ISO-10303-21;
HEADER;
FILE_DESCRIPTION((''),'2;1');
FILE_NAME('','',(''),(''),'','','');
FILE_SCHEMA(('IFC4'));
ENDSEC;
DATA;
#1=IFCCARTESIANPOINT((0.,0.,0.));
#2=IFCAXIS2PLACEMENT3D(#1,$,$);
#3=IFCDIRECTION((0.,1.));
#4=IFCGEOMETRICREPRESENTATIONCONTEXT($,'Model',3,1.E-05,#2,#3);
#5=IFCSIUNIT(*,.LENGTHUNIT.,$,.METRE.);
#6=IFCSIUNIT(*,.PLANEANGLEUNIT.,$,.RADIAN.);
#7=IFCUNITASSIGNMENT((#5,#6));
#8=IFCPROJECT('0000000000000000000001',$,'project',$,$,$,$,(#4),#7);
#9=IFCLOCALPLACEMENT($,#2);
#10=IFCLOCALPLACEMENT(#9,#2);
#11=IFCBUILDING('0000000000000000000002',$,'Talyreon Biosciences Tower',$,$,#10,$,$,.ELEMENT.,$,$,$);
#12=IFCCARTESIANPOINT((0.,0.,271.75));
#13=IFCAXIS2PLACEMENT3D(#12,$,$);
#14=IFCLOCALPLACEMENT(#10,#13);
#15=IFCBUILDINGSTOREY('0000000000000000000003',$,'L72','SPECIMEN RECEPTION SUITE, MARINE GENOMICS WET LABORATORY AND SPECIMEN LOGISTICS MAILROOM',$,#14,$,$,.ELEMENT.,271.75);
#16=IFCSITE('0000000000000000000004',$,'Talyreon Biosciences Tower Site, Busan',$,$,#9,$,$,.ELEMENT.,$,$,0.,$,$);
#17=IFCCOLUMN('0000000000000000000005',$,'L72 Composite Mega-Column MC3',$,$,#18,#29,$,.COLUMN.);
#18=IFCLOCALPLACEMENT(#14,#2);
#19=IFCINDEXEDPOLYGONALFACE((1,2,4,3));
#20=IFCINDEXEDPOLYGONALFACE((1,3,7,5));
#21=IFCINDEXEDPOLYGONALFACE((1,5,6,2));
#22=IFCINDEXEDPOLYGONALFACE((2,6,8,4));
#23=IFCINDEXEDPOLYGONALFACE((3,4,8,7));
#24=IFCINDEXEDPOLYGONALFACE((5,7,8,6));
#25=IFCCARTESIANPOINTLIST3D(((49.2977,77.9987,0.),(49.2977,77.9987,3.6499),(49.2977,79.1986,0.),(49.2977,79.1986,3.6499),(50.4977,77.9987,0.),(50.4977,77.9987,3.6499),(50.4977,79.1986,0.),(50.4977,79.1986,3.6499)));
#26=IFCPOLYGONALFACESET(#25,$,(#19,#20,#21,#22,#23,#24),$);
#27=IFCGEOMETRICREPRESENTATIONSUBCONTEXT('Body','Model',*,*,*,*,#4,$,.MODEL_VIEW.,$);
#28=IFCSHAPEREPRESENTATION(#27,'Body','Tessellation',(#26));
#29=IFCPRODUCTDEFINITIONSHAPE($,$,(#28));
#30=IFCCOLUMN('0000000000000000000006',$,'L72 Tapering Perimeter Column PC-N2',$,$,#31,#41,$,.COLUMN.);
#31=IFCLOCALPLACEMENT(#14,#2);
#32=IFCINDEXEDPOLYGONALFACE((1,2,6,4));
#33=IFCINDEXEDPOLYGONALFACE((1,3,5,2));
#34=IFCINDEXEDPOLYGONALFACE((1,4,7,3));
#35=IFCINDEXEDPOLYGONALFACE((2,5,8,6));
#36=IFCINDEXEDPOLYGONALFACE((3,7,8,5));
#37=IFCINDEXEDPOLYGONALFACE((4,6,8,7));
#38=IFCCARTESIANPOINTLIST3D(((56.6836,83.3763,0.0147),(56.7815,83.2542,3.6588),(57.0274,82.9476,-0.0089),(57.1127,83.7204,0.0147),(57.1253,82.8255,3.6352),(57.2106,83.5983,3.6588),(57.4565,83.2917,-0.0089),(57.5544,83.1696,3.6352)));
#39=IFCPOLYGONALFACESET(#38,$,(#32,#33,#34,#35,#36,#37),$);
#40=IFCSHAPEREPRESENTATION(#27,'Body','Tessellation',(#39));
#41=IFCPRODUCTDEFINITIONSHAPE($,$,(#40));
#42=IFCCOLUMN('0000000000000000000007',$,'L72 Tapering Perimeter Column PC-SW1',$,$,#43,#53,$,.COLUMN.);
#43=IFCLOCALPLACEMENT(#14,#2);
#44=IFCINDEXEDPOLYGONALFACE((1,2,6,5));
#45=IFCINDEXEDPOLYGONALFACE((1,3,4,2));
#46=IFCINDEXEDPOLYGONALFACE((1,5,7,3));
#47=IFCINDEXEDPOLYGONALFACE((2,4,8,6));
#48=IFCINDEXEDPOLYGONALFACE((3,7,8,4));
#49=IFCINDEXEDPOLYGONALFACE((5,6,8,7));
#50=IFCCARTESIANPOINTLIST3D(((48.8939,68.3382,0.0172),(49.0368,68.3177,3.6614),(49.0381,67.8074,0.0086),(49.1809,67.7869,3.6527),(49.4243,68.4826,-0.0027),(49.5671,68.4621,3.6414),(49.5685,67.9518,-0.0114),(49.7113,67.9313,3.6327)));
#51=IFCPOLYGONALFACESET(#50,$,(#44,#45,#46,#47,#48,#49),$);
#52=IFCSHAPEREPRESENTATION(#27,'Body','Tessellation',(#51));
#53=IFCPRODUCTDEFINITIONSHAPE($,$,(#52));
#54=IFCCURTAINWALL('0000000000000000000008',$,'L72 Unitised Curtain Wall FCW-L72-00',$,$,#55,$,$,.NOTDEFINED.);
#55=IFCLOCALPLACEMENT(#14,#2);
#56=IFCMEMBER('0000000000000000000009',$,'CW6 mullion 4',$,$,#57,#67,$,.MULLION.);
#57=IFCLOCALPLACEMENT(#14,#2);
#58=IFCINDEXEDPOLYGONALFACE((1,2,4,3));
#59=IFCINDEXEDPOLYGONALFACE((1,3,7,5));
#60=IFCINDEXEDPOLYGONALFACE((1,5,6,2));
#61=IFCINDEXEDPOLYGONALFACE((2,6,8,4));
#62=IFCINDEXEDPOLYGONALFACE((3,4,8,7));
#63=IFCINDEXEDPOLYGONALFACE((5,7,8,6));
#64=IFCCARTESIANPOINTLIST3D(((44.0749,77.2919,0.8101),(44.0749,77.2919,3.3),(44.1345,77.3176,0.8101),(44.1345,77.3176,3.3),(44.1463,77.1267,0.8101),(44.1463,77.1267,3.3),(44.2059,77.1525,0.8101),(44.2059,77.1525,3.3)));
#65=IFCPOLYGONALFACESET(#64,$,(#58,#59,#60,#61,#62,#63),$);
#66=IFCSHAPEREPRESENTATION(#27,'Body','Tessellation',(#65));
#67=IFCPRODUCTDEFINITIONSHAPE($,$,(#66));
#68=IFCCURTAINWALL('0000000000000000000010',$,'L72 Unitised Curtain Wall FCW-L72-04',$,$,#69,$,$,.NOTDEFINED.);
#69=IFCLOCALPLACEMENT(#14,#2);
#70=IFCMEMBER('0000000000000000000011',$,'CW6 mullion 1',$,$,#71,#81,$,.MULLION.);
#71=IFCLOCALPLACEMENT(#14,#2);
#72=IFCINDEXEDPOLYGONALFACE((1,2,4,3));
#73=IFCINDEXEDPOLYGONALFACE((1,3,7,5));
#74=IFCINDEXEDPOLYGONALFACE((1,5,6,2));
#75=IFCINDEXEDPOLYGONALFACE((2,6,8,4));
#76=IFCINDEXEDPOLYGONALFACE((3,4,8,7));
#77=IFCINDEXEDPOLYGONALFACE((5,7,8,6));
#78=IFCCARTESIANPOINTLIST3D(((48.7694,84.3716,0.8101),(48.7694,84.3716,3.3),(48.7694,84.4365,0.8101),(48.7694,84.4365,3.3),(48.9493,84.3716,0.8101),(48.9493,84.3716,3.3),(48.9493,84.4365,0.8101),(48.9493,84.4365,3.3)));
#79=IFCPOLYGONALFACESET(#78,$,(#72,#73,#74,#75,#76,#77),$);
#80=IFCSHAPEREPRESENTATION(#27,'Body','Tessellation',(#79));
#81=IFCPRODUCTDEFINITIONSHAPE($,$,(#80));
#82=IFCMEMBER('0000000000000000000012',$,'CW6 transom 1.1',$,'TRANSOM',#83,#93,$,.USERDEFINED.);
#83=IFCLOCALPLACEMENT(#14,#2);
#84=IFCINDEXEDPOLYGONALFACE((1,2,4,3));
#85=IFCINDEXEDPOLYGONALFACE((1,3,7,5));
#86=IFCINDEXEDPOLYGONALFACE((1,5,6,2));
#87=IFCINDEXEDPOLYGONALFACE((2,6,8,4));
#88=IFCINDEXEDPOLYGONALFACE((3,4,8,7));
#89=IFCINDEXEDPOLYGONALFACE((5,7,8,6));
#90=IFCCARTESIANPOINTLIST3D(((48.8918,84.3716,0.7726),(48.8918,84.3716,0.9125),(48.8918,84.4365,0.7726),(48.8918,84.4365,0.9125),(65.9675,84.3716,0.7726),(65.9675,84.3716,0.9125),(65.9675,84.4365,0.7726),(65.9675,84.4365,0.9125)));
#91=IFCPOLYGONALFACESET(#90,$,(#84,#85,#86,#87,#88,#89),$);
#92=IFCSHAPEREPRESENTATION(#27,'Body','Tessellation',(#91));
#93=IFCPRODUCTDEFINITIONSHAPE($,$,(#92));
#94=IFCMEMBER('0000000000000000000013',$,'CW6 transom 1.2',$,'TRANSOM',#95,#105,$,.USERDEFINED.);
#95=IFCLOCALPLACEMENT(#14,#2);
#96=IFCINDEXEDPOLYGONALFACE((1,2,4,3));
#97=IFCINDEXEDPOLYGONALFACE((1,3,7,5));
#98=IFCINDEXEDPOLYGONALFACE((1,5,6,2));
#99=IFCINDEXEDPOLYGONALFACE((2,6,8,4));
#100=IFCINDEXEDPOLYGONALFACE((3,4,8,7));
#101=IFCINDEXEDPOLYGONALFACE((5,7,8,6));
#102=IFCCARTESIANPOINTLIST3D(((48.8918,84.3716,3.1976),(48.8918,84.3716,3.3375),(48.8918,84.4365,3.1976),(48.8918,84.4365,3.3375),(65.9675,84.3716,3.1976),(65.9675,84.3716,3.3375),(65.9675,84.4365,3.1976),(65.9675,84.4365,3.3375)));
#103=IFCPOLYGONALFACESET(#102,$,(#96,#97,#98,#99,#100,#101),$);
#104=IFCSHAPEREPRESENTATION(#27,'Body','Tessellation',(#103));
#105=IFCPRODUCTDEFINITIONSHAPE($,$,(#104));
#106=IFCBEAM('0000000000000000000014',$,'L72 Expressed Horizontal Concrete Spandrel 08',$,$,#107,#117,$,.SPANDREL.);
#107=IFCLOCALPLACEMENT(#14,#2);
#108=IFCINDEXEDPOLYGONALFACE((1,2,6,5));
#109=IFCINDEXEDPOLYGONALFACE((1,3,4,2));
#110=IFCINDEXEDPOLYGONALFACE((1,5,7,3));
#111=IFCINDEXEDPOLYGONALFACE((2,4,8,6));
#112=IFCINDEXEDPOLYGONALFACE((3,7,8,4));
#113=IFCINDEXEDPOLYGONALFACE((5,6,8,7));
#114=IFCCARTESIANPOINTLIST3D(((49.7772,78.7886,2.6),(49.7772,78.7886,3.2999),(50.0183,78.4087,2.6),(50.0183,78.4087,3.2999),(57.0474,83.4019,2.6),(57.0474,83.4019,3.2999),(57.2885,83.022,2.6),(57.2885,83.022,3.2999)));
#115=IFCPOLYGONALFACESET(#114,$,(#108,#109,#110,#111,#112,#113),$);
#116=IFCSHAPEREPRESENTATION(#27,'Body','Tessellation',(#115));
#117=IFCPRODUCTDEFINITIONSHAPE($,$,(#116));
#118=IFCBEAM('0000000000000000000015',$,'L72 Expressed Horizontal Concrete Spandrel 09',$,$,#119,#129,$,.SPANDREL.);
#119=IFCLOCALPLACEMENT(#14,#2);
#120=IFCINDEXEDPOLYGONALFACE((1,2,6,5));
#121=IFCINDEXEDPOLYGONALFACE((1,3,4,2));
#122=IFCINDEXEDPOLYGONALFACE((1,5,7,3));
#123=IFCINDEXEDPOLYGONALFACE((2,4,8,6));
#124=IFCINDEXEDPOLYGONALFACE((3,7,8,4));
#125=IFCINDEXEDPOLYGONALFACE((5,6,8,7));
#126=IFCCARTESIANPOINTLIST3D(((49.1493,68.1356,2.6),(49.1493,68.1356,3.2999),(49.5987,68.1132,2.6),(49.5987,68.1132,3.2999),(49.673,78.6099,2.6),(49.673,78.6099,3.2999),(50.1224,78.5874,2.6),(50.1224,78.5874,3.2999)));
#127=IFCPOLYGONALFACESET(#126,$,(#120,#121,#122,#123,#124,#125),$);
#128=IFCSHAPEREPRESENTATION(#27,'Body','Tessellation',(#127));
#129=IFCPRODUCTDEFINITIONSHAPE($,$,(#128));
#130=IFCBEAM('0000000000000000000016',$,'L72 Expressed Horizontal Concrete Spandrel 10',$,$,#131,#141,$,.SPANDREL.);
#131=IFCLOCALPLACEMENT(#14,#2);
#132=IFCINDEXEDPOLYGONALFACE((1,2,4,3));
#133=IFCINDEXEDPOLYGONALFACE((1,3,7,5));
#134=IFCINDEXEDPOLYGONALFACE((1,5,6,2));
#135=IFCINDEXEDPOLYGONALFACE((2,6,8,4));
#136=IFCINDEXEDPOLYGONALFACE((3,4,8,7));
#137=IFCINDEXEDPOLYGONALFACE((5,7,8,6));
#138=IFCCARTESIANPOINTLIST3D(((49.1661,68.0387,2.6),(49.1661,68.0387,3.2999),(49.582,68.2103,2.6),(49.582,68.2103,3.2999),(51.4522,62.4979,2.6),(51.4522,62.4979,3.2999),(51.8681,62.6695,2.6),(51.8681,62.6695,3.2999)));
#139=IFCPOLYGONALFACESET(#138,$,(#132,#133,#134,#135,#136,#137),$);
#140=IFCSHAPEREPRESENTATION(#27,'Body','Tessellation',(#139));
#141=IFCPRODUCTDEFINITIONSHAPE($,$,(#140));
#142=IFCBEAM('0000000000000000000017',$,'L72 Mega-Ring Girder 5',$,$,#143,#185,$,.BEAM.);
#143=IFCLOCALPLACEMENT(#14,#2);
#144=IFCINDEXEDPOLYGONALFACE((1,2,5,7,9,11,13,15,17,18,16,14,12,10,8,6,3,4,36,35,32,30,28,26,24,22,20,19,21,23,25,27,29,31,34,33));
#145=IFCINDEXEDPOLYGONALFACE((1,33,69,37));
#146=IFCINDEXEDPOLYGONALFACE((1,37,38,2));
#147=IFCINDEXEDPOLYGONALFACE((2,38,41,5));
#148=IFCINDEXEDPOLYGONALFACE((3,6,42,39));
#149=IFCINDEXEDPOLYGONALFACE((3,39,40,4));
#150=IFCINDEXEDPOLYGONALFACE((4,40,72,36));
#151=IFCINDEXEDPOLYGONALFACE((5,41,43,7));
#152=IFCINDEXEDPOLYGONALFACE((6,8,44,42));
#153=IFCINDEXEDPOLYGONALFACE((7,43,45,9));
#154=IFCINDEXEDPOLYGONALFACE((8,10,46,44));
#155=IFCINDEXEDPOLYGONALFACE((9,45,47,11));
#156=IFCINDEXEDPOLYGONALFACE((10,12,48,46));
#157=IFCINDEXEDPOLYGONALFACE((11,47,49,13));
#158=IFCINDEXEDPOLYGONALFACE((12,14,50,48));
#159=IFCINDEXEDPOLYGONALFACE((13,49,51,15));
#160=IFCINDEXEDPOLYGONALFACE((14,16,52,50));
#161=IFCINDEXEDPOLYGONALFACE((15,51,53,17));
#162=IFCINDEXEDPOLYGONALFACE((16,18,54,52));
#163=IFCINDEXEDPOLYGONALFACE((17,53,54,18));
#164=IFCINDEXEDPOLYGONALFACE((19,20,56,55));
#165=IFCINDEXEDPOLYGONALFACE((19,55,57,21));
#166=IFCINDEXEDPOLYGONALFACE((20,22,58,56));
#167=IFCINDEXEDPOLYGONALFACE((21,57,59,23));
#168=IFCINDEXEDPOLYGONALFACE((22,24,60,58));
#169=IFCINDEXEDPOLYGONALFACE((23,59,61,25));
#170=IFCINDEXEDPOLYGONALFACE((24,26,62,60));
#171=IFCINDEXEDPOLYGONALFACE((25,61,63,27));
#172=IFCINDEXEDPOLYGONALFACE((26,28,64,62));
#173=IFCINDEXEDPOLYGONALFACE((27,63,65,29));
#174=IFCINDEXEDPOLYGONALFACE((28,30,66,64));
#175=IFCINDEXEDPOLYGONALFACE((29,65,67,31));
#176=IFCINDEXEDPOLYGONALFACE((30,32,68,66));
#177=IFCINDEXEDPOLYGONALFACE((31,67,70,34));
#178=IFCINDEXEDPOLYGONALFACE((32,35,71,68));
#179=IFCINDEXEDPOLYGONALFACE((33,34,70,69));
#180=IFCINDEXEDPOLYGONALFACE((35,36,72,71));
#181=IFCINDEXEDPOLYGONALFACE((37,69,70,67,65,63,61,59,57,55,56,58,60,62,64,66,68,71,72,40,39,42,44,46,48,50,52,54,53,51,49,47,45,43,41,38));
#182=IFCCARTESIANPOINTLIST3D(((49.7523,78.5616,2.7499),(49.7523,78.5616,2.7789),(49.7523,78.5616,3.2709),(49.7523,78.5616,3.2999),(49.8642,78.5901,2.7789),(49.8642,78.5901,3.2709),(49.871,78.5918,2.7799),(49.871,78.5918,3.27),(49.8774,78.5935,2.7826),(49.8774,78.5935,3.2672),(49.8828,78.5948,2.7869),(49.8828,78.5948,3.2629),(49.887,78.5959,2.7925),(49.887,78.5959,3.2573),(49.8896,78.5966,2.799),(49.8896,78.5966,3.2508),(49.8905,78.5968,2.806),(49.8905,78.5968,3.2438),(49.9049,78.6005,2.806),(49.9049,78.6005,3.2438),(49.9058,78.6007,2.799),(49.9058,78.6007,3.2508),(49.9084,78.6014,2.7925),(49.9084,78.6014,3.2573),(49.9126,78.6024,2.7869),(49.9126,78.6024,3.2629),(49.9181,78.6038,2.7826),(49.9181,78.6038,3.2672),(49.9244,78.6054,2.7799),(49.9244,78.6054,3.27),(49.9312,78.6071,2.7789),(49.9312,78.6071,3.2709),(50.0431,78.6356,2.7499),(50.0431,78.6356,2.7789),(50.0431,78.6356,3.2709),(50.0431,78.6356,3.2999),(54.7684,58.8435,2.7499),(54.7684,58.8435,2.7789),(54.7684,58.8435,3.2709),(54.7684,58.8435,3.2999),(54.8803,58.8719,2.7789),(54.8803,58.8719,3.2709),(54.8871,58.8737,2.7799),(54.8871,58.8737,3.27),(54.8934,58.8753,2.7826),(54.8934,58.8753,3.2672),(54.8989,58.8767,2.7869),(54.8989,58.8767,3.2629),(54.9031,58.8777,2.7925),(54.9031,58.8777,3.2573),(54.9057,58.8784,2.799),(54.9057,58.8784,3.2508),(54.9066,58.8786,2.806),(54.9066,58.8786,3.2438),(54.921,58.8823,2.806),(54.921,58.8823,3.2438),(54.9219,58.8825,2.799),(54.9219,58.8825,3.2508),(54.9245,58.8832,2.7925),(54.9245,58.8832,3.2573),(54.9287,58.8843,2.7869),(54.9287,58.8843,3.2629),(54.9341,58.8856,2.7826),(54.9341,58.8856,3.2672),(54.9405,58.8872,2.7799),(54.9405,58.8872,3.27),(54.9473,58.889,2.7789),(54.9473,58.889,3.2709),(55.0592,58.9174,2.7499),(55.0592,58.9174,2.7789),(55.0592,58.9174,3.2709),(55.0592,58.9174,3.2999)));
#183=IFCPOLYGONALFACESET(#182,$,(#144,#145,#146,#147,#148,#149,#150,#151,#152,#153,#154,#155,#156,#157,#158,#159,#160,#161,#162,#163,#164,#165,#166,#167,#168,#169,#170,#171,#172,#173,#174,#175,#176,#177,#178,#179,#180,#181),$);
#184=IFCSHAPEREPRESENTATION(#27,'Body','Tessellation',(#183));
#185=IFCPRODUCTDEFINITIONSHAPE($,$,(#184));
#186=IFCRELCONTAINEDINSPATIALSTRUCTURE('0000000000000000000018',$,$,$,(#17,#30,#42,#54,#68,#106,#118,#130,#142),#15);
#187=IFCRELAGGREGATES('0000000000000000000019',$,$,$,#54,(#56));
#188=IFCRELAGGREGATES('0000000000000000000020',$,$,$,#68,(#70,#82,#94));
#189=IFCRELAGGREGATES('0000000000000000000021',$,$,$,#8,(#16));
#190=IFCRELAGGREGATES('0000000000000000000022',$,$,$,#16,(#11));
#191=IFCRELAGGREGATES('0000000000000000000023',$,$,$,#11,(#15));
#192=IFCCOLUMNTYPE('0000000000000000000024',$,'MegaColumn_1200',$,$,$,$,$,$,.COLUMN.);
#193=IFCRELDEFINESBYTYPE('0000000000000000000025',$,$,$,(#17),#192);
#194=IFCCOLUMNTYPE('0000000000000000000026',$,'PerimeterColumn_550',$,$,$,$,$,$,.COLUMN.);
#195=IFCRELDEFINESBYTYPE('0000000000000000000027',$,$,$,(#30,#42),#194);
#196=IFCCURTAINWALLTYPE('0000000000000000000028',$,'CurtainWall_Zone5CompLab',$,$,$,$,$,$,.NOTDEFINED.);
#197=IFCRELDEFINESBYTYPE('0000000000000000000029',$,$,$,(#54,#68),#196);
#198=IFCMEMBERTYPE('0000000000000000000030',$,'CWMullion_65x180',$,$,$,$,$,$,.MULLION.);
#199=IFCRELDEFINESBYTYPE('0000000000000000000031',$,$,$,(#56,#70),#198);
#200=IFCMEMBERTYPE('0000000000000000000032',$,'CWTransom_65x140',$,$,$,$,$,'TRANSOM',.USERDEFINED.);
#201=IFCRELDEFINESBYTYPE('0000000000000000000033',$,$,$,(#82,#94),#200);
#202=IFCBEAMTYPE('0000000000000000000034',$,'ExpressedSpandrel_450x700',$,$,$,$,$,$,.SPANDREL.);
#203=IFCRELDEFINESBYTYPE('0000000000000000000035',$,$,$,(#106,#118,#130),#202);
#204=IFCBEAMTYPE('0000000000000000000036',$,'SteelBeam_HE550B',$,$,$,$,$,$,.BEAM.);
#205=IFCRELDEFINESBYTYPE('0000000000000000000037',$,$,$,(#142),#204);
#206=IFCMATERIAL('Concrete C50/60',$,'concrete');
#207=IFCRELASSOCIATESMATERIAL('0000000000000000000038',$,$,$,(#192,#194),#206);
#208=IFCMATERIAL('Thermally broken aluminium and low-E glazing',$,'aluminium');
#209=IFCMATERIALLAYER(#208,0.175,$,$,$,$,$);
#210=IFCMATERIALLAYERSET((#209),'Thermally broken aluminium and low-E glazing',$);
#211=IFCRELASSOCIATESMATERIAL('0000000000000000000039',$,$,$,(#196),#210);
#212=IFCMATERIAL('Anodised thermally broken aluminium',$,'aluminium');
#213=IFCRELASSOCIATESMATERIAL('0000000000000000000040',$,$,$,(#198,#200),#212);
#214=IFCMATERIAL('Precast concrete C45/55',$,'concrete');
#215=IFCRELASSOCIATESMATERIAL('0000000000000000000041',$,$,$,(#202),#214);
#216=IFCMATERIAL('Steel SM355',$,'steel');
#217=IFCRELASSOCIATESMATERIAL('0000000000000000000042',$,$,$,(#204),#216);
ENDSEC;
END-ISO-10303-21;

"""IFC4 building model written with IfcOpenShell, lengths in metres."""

from ifc_helpers import new_model, si_unit, direction, frame, origin, origin_2d, place, context, subcontext, project, spatial, rectangle, i_section, extrude, material, layer, layer_set, material_profile, profile_set, type_object, element, aggregate, save


model = new_model("IFC4")

# Units and contexts
model_context = context("Model", 3, precision=1e-05, world=origin(), true_north=direction((0.0, 1.0)))
body_context = subcontext(model_context, "Body", "Model", "MODEL_VIEW")
ifc_project = project(units=[si_unit("LENGTHUNIT", "METRE"), si_unit("PLANEANGLEUNIT", "RADIAN")], contexts=[model_context])

# Site, building, storey
site_placement = place(None, origin())
site = spatial("IfcSite", under=ifc_project, at=site_placement, Name="Talyreon Biosciences Tower Site, Busan", CompositionType="ELEMENT", RefElevation=0.0)
building_placement = place(site_placement, origin())
building = spatial("IfcBuilding", under=site, at=building_placement, Name="Talyreon Biosciences Tower", CompositionType="ELEMENT")
storey_placement = place(building_placement, frame((0.0, 0.0, 271.75)))
storey = spatial("IfcBuildingStorey", under=building, at=storey_placement, Name="L72", Description="SPECIMEN RECEPTION SUITE, MARINE GENOMICS WET LABORATORY AND SPECIMEN LOGISTICS MAILROOM", CompositionType="ELEMENT", Elevation=271.75)

# Columns
ifc_material_1 = material(Name="Concrete C50/60", Category="concrete")
ifc_material_profile_1 = material_profile(ifc_material_1, rectangle(XDim=1.2, YDim=1.2, at=origin_2d()), Name="RC 1200x1200")
ifc_profile_set_1 = profile_set([ifc_material_profile_1], Name="Concrete C50/60")
column_type_1 = type_object("IfcColumnType", Name="MegaColumn_1200", PredefinedType="COLUMN", material=ifc_profile_set_1)
column_1_placement = place(storey_placement, frame((49.8977, 78.5986, 0.0), z_axis=(0.0, 0.0, 1.0), x_axis=(1.0, 0.0, 0.0)))
element("IfcColumn", 1, at=column_1_placement, inside=storey, type_object=column_type_1, Name="L72 Composite Mega-Column MC3", PredefinedType="COLUMN", context=body_context, shape_type="SweptSolid", body=[
    extrude(rectangle(XDim=1.2, YDim=1.2, at=origin_2d()), origin(), (0.0, 0.0, 1.0), 3.6499),
])
ifc_material_profile_2 = material_profile(ifc_material_1, rectangle(XDim=0.55, YDim=0.55, at=origin_2d()), Name="RC 550x550")
ifc_profile_set_2 = profile_set([ifc_material_profile_2], Name="Concrete C50/60")
column_type_2 = type_object("IfcColumnType", Name="PerimeterColumn_550", PredefinedType="COLUMN", material=ifc_profile_set_2)
column_2_placement = place(storey_placement, frame((57.0701, 83.334, 0.0029), z_axis=(0.026841, -0.033468, 0.999079), x_axis=(-0.780107, -0.625646, 0.0)))
element("IfcColumn", 2, at=column_2_placement, inside=storey, type_object=column_type_2, Name="L72 Tapering Perimeter Column PC-N2", PredefinedType="COLUMN", context=body_context, shape_type="SweptSolid", body=[
    extrude(rectangle(XDim=0.55, YDim=0.55, at=origin_2d()), origin(), (0.0, 0.0, 1.0), 3.6475),
])
column_3_placement = place(storey_placement, frame((49.2312, 68.145, 0.0029), z_axis=(0.039163, -0.005623, 0.999217), x_axis=(0.964247, 0.262506, -0.036315)))
element("IfcColumn", 3, at=column_3_placement, inside=storey, type_object=column_type_2, Name="L72 Tapering Perimeter Column PC-SW1", PredefinedType="COLUMN", context=body_context, shape_type="SweptSolid", body=[
    extrude(rectangle(XDim=0.55, YDim=0.55, at=origin_2d()), origin(), (0.0, 0.0, 1.0), 3.647),
])

# Curtain wall, member
ifc_material_2 = material(Name="Thermally broken aluminium and low-E glazing", Category="aluminium")
ifc_layer_1 = layer(ifc_material_2, 0.175)
ifc_layer_set_1 = layer_set([ifc_layer_1], Name="Thermally broken aluminium and low-E glazing")
curtain_wall_type = type_object("IfcCurtainWallType", Name="CurtainWall_Zone5CompLab", PredefinedType="NOTDEFINED", material=ifc_layer_set_1)
curtain_wall_1_placement = place(storey_placement, origin())
curtain_wall_1 = element("IfcCurtainWall", 4, at=curtain_wall_1_placement, inside=storey, type_object=curtain_wall_type, Name="L72 Unitised Curtain Wall FCW-L72-00", PredefinedType="NOTDEFINED")
ifc_material_3 = material(Name="Anodised thermally broken aluminium", Category="aluminium")
ifc_material_profile_3 = material_profile(ifc_material_3, rectangle(XDim=0.0649, YDim=0.1799, at=origin_2d()), Name="ALUM MULLION 65x180")
ifc_profile_set_3 = profile_set([ifc_material_profile_3], Name="Anodised thermally broken aluminium")
member_type_1 = type_object("IfcMemberType", Name="CWMullion_65x180", PredefinedType="MULLION", material=ifc_profile_set_3)
member_1_placement = place(storey_placement, frame((44.1404, 77.2222, 0.8101), z_axis=(0.0, 0.0, 1.0), x_axis=(-0.917868, -0.396887, 0.0)))
member_1 = element("IfcMember", 5, at=member_1_placement, type_object=member_type_1, Name="CW6 mullion 4", PredefinedType="MULLION", context=body_context, shape_type="SweptSolid", body=[
    extrude(rectangle(XDim=0.0649, YDim=0.1799, at=origin_2d()), origin(), (0.0, 0.0, 1.0), 2.49),
])

# Curtain wall, members
curtain_wall_2_placement = place(storey_placement, origin())
curtain_wall_2 = element("IfcCurtainWall", 6, at=curtain_wall_2_placement, inside=storey, type_object=curtain_wall_type, Name="L72 Unitised Curtain Wall FCW-L72-04", PredefinedType="NOTDEFINED")
member_2_placement = place(storey_placement, frame((48.8594, 84.4041, 0.8101), z_axis=(0.0, 0.0, 1.0), x_axis=(0.0, 1.0, 0.0)))
member_2 = element("IfcMember", 7, at=member_2_placement, type_object=member_type_1, Name="CW6 mullion 1", PredefinedType="MULLION", context=body_context, shape_type="SweptSolid", body=[
    extrude(rectangle(XDim=0.0649, YDim=0.1799, at=origin_2d()), origin(), (0.0, 0.0, 1.0), 2.49),
])
ifc_material_profile_4 = material_profile(ifc_material_3, rectangle(XDim=0.0649, YDim=0.1399, at=origin_2d()), Name="ALUM TRANSOM 65x140")
ifc_profile_set_4 = profile_set([ifc_material_profile_4], Name="Anodised thermally broken aluminium")
member_type_2 = type_object("IfcMemberType", Name="CWTransom_65x140", ElementType="TRANSOM", PredefinedType="USERDEFINED", material=ifc_profile_set_4)
member_3_placement = place(storey_placement, frame((48.8918, 84.4041, 0.8425), z_axis=(1.0, 0.0, 0.0), x_axis=(0.0, 1.0, 0.0)))
member_3 = element("IfcMember", 8, at=member_3_placement, type_object=member_type_2, Name="CW6 transom 1.1", ObjectType="TRANSOM", PredefinedType="USERDEFINED", context=body_context, shape_type="SweptSolid", body=[
    extrude(rectangle(XDim=0.0649, YDim=0.1399, at=origin_2d()), origin(), (0.0, 0.0, 1.0), 17.0757),
])
member_4_placement = place(storey_placement, frame((48.8918, 84.4041, 3.2676), z_axis=(1.0, 0.0, 0.0), x_axis=(0.0, 1.0, 0.0)))
member_4 = element("IfcMember", 9, at=member_4_placement, type_object=member_type_2, Name="CW6 transom 1.2", ObjectType="TRANSOM", PredefinedType="USERDEFINED", context=body_context, shape_type="SweptSolid", body=[
    extrude(rectangle(XDim=0.0649, YDim=0.1399, at=origin_2d()), origin(), (0.0, 0.0, 1.0), 17.0757),
])

# Beams
ifc_material_4 = material(Name="Precast concrete C45/55", Category="concrete")
ifc_material_profile_5 = material_profile(ifc_material_4, rectangle(XDim=0.45, YDim=0.7, at=origin_2d()), Name="RCB 450x700")
ifc_profile_set_5 = profile_set([ifc_material_profile_5], Name="Precast concrete C45/55")
beam_type_1 = type_object("IfcBeamType", Name="ExpressedSpandrel_450x700", PredefinedType="SPANDREL", material=ifc_profile_set_5)
beam_1_placement = place(storey_placement, frame((57.168, 83.2119, 2.95), z_axis=(-0.844358, -0.53578, 0.0), x_axis=(0.53578, -0.844358, 0.0)))
element("IfcBeam", 10, at=beam_1_placement, inside=storey, type_object=beam_type_1, Name="L72 Expressed Horizontal Concrete Spandrel 08", PredefinedType="SPANDREL", context=body_context, shape_type="SweptSolid", body=[
    extrude(rectangle(XDim=0.45, YDim=0.7, at=origin_2d()), origin(), (0.0, 0.0, 1.0), 8.6104),
])
beam_2_placement = place(storey_placement, frame((49.8977, 78.5986, 2.95), z_axis=(-0.049935, -0.998752, 0.0), x_axis=(0.998752, -0.049935, 0.0)))
element("IfcBeam", 11, at=beam_2_placement, inside=storey, type_object=beam_type_1, Name="L72 Expressed Horizontal Concrete Spandrel 09", PredefinedType="SPANDREL", context=body_context, shape_type="SweptSolid", body=[
    extrude(rectangle(XDim=0.45, YDim=0.7, at=origin_2d()), origin(), (0.0, 0.0, 1.0), 10.4873),
])
beam_3_placement = place(storey_placement, frame((49.374, 68.1245, 2.95), z_axis=(0.381411, -0.924405, 0.0), x_axis=(0.924405, 0.381411, 0.0)))
element("IfcBeam", 12, at=beam_3_placement, inside=storey, type_object=beam_type_1, Name="L72 Expressed Horizontal Concrete Spandrel 10", PredefinedType="SPANDREL", context=body_context, shape_type="SweptSolid", body=[
    extrude(rectangle(XDim=0.45, YDim=0.7, at=origin_2d()), origin(), (0.0, 0.0, 1.0), 5.9939),
])
ifc_material_5 = material(Name="Steel SM355", Category="steel")
ifc_material_profile_6 = material_profile(ifc_material_5, i_section(OverallWidth=0.3, OverallDepth=0.55, WebThickness=0.0149, FlangeThickness=0.0291, FilletRadius=0.0271, at=origin_2d()), Name="HE550B")
ifc_profile_set_6 = profile_set([ifc_material_profile_6], Name="Steel SM355")
beam_type_2 = type_object("IfcBeamType", Name="SteelBeam_HE550B", PredefinedType="BEAM", material=ifc_profile_set_6)
beam_4_placement = place(storey_placement, frame((49.8977, 78.5986, 3.0249), z_axis=(0.246537, -0.969133, 0.0), x_axis=(0.969133, 0.246537, 0.0)))
element("IfcBeam", 13, at=beam_4_placement, inside=storey, type_object=beam_type_2, Name="L72 Mega-Ring Girder 5", PredefinedType="BEAM", context=body_context, shape_type="SweptSolid", body=[
    extrude(i_section(OverallWidth=0.3, OverallDepth=0.55, WebThickness=0.0149, FlangeThickness=0.0291, FilletRadius=0.0271, at=origin_2d()), origin(), (0.0, 0.0, 1.0), 20.3462),
])

aggregate(curtain_wall_1, [member_1])
aggregate(curtain_wall_2, [member_2, member_3, member_4])

save(model, "model.ifc")
